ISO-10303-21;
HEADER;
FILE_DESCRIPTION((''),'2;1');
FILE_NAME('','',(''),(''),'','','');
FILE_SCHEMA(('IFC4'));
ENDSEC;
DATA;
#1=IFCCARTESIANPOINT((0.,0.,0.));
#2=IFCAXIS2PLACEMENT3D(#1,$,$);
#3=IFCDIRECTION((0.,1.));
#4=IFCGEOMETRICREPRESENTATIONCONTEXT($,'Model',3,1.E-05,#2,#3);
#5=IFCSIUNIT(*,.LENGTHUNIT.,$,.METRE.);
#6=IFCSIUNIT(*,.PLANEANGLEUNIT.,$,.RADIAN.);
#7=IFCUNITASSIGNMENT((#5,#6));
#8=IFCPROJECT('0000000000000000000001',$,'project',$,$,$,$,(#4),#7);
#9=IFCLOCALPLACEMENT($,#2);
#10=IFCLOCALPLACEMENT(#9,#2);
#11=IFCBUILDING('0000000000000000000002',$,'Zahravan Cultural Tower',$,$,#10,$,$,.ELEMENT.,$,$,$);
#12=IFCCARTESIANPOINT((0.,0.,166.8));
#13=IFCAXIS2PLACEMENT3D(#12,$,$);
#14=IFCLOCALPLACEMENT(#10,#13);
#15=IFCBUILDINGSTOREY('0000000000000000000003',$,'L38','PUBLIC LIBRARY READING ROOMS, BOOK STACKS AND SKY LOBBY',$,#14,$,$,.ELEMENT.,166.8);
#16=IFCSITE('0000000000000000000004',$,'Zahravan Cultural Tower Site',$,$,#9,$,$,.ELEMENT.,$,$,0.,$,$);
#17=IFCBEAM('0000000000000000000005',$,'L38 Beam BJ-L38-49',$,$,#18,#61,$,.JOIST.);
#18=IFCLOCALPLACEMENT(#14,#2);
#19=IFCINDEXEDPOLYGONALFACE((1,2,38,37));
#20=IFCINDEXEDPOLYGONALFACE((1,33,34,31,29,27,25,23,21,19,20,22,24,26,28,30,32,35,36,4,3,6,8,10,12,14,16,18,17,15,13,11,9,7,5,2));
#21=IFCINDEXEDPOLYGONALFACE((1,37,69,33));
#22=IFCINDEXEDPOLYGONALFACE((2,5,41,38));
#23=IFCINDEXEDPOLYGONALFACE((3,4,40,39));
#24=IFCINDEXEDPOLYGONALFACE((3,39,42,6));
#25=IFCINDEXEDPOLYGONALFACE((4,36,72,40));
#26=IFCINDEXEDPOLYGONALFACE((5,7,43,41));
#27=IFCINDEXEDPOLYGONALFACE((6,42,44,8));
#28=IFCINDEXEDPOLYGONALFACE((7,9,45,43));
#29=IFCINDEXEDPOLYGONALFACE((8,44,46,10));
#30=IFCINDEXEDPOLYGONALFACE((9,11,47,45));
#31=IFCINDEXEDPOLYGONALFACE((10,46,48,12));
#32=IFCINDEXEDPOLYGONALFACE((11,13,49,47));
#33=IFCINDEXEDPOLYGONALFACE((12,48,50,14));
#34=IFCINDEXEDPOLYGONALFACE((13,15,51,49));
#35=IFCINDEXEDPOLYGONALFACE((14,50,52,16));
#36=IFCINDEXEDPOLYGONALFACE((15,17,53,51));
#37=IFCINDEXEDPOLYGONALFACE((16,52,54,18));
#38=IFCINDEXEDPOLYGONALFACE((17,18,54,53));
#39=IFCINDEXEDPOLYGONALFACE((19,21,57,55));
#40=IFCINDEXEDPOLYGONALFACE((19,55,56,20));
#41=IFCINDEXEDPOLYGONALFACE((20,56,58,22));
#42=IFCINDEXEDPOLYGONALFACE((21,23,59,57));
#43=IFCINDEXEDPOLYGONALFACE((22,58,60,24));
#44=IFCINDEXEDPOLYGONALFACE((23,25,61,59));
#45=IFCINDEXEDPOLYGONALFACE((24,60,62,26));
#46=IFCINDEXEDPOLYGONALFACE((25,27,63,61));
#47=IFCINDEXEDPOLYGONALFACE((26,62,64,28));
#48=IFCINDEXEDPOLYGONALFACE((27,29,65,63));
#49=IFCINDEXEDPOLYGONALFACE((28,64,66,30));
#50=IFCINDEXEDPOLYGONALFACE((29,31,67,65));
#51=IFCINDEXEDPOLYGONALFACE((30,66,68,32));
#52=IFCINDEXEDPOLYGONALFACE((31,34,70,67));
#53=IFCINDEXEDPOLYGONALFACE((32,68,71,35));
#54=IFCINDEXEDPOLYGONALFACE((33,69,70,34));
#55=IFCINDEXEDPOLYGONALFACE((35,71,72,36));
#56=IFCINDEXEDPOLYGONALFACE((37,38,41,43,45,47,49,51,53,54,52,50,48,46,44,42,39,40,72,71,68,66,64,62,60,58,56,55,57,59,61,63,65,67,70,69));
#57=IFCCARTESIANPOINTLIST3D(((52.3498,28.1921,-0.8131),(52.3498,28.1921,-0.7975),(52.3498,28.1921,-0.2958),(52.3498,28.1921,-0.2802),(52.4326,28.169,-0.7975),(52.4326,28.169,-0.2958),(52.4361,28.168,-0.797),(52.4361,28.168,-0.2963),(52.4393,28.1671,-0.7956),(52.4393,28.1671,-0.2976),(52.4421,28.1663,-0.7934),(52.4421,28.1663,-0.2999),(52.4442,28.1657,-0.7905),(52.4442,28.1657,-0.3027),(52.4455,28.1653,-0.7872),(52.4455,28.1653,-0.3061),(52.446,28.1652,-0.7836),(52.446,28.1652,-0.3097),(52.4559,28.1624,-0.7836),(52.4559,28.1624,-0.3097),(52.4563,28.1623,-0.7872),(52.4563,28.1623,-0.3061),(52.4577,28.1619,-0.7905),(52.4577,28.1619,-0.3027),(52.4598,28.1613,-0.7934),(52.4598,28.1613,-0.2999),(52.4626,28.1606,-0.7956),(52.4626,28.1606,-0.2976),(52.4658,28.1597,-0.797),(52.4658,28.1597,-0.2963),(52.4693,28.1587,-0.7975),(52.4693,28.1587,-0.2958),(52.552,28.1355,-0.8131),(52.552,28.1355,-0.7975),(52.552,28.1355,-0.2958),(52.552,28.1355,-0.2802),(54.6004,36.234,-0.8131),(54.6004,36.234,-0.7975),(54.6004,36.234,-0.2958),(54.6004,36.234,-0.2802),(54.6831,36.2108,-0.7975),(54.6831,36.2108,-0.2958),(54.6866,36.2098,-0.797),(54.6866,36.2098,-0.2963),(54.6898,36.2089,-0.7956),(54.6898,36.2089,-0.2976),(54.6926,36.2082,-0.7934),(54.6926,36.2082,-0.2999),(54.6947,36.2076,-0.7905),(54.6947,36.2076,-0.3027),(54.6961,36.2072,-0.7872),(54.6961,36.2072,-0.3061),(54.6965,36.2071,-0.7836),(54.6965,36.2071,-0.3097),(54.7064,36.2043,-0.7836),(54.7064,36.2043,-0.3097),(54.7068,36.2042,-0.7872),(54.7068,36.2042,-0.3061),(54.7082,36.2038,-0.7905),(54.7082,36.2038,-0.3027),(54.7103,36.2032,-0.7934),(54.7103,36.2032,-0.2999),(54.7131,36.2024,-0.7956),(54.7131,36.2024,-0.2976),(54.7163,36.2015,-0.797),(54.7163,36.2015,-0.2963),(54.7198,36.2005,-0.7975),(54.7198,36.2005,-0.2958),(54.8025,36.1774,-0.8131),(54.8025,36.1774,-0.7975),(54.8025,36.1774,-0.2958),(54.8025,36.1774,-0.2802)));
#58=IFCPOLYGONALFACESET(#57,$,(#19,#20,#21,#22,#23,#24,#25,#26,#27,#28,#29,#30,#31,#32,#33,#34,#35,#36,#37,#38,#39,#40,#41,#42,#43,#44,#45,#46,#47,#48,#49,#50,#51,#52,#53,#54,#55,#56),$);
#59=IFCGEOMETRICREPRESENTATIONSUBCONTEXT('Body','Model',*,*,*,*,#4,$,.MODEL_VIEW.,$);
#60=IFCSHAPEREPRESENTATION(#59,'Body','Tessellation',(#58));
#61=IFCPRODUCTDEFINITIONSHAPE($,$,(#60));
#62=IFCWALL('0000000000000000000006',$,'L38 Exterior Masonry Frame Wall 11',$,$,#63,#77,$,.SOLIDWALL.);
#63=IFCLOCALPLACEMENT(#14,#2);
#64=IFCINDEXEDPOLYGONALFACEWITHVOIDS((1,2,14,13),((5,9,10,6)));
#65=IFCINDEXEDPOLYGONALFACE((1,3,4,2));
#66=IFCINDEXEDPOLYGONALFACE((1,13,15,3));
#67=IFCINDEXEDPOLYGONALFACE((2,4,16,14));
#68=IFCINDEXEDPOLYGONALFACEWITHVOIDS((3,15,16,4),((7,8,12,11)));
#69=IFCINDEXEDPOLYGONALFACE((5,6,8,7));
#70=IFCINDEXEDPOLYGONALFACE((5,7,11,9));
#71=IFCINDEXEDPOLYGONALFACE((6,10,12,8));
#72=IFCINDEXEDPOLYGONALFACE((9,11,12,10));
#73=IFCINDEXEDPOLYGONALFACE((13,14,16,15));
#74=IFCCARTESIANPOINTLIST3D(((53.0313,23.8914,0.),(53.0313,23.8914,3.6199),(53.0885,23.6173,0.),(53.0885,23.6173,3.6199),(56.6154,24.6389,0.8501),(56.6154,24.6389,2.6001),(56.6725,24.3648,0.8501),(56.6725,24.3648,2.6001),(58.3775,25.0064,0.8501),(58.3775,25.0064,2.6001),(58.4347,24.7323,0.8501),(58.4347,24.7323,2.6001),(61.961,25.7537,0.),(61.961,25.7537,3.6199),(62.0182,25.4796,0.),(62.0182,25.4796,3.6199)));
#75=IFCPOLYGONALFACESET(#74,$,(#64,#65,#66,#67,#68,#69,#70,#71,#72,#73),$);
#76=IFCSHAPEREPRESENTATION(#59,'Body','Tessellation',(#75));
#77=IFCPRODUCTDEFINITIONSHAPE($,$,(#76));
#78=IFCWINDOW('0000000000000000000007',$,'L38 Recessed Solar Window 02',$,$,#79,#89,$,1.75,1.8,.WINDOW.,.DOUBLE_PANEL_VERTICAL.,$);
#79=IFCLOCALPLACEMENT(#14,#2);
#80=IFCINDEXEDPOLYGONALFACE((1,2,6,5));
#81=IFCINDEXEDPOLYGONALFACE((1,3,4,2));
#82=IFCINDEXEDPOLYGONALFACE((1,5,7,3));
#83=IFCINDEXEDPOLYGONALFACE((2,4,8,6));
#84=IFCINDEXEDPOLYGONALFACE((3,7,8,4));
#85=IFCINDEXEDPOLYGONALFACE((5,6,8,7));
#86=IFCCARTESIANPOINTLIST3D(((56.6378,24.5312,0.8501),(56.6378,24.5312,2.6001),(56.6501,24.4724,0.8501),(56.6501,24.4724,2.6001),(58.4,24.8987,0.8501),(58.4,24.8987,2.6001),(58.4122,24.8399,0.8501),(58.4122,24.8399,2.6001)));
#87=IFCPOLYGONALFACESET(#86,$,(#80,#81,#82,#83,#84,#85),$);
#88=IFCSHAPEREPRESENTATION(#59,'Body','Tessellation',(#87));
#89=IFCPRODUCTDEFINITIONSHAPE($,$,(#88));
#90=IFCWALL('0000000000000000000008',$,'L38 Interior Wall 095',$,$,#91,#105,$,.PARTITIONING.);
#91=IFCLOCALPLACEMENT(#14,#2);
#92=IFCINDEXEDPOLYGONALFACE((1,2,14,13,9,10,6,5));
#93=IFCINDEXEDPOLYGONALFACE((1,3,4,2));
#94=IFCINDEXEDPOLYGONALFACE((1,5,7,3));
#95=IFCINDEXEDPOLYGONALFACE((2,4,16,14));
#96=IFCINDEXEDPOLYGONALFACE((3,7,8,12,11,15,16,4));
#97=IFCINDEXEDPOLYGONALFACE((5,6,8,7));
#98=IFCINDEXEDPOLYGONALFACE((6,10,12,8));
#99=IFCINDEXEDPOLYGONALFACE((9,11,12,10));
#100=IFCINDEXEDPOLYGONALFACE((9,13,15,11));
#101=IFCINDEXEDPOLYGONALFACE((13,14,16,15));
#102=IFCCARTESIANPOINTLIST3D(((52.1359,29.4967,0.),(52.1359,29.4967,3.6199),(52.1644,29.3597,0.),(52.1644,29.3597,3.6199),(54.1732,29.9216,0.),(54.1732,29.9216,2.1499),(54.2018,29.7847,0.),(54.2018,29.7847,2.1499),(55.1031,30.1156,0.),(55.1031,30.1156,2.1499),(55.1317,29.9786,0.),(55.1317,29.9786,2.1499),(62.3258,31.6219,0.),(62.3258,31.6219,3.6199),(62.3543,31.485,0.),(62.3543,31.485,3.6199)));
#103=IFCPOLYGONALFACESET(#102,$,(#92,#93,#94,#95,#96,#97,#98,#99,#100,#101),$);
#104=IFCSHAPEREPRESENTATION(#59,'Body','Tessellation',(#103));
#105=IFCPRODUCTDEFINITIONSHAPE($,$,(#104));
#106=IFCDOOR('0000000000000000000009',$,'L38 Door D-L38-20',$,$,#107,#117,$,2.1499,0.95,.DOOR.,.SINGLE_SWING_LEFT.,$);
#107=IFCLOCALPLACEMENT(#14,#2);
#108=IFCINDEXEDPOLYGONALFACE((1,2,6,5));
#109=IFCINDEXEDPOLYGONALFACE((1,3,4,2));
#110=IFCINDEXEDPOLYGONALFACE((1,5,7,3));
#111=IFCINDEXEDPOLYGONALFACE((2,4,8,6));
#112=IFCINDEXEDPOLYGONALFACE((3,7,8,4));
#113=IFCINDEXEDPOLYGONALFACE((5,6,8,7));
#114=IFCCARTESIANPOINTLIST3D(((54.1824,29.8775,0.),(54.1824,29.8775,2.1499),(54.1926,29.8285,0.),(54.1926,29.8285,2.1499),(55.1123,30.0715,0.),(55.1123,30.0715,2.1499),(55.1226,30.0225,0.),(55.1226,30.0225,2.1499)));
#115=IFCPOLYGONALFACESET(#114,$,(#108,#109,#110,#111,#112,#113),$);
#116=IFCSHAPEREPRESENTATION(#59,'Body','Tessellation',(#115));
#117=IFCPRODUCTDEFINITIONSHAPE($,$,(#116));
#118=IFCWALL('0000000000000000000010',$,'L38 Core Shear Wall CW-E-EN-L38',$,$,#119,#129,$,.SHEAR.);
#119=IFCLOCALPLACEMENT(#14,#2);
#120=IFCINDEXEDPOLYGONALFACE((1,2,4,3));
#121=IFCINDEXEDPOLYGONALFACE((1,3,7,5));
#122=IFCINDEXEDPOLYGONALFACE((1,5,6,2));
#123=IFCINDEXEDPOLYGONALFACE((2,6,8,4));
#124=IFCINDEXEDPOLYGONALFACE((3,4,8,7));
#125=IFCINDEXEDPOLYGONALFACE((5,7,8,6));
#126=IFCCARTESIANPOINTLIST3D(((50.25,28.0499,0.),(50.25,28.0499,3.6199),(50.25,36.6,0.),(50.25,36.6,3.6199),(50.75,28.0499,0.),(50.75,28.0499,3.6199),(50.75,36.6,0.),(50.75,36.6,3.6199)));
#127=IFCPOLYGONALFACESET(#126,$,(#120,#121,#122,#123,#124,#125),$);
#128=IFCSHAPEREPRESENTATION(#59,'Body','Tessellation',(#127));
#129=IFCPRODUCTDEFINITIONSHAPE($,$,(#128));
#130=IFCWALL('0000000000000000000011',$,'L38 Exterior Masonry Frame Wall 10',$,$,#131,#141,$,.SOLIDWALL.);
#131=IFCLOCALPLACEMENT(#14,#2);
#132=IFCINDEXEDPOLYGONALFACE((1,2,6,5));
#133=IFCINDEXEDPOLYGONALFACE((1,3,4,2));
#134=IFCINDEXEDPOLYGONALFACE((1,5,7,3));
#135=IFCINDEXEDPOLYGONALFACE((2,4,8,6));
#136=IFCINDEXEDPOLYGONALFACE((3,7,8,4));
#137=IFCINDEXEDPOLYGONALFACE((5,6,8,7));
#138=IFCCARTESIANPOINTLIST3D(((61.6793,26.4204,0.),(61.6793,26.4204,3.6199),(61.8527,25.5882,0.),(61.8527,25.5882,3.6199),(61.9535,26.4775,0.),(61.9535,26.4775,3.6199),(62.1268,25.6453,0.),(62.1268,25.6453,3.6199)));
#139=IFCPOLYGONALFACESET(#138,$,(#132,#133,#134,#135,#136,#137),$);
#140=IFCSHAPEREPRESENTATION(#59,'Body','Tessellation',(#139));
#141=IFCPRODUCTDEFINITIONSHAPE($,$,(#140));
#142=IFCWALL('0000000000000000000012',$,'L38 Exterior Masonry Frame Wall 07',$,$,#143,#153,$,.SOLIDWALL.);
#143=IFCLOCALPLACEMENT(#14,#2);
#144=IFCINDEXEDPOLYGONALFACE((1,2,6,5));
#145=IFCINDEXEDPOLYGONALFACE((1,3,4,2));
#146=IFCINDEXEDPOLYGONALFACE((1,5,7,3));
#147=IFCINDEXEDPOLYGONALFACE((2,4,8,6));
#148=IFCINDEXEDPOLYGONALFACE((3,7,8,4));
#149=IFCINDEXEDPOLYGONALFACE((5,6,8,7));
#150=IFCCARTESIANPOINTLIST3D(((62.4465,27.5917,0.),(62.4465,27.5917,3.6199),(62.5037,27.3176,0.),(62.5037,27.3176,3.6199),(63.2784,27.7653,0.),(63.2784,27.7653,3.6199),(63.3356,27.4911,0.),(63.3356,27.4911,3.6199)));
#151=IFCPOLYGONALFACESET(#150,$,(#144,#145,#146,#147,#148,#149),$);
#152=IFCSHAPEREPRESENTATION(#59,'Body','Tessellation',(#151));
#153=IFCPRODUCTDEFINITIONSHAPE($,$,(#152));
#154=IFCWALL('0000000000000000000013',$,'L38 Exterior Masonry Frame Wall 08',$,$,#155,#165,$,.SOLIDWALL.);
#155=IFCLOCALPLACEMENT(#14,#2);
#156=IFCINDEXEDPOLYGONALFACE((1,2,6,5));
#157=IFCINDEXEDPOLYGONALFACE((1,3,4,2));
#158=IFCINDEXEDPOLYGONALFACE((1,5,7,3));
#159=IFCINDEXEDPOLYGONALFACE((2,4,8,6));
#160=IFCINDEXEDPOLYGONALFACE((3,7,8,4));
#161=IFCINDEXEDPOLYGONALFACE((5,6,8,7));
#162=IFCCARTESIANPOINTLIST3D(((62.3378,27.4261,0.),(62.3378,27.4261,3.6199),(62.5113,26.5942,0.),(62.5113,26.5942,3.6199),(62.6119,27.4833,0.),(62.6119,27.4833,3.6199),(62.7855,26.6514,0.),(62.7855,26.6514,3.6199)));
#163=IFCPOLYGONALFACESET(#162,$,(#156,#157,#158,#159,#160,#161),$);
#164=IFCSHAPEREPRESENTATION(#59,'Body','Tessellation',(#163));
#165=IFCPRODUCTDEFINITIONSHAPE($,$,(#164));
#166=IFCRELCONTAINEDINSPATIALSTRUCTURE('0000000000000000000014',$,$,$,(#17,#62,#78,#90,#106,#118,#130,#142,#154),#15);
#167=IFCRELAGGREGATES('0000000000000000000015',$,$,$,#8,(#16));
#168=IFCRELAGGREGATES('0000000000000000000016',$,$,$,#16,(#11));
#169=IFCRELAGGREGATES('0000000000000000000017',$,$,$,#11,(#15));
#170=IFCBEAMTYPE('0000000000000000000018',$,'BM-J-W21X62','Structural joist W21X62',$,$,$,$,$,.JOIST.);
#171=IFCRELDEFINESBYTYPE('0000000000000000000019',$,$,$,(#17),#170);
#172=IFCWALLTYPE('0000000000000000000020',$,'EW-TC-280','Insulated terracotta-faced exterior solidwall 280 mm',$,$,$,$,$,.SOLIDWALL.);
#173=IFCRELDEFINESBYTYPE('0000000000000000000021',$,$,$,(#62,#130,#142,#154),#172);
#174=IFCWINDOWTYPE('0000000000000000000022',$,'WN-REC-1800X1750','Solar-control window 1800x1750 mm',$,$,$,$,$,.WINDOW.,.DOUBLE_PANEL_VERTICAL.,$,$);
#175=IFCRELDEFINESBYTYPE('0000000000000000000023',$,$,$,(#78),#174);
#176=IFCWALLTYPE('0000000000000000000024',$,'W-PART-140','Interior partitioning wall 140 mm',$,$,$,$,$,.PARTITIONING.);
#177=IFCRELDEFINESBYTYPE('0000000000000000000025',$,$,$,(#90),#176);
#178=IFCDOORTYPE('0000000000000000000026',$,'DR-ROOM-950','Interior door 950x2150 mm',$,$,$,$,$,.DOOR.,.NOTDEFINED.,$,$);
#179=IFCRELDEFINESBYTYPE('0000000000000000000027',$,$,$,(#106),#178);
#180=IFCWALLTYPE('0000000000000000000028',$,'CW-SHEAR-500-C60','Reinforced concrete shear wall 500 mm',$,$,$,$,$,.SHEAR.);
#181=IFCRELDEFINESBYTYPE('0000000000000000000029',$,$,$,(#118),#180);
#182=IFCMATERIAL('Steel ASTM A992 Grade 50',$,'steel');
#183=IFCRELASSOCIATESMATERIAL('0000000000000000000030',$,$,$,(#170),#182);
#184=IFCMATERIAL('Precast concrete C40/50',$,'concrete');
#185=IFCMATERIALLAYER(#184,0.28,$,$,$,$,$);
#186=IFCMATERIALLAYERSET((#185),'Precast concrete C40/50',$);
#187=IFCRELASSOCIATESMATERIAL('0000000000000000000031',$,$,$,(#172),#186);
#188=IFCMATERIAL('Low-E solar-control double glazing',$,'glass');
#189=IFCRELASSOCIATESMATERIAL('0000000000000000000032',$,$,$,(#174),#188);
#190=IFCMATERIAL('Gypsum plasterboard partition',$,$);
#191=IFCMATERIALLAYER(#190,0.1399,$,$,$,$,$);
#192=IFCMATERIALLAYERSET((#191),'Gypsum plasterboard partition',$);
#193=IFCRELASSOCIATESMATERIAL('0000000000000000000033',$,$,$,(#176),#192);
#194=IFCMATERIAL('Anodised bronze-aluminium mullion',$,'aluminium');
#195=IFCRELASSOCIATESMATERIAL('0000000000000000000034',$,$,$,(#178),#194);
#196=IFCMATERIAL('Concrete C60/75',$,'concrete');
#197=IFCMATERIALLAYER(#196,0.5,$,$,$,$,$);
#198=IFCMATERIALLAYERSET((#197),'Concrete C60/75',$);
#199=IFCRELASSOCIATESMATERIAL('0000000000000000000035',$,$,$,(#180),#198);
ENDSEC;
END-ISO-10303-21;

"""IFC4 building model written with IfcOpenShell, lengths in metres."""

from ifc_helpers import new_model, si_unit, direction, frame, frame_2d, origin, origin_2d, place, context, subcontext, project, spatial, rectangle, i_section, extrude, source, transform, mapped, material, layer, layer_set, material_profile, profile_set, type_object, element, fill, save


model = new_model("IFC4")

# Units and contexts
model_context = context("Model", 3, precision=1e-05, world=origin(), true_north=direction((0.0, 1.0)))
body_context = subcontext(model_context, "Body", "Model", "MODEL_VIEW")
ifc_project = project(units=[si_unit("LENGTHUNIT", "METRE"), si_unit("PLANEANGLEUNIT", "RADIAN")], contexts=[model_context])

# Site, building, storey
site_placement = place(None, origin())
site = spatial("IfcSite", under=ifc_project, at=site_placement, Name="Zahravan Cultural Tower Site", CompositionType="ELEMENT", RefElevation=0.0)
building_placement = place(site_placement, origin())
building = spatial("IfcBuilding", under=site, at=building_placement, Name="Zahravan Cultural Tower", CompositionType="ELEMENT")
storey_placement = place(building_placement, frame((0.0, 0.0, 166.8)))
storey = spatial("IfcBuildingStorey", under=building, at=storey_placement, Name="L38", Description="PUBLIC LIBRARY READING ROOMS, BOOK STACKS AND SKY LOBBY", CompositionType="ELEMENT", Elevation=166.8)

# Shared definitions
ifc_material_1 = material(Name="Steel ASTM A992 Grade 50", Category="steel")

# Beam
ifc_material_profile_1 = material_profile(ifc_material_1, i_section(OverallWidth=0.21, OverallDepth=0.533, WebThickness=0.0103, FlangeThickness=0.0156, FilletRadius=0.0139, at=origin_2d()), Name="W21X62")
ifc_profile_set_1 = profile_set([ifc_material_profile_1], Name="Steel ASTM A992 Grade 50")
beam_type_1 = type_object("IfcBeamType", Name="BM-J-W21X62", Description="Structural joist W21X62", PredefinedType="JOIST", material=ifc_profile_set_1)
shared_shape_1 = source(origin(), body_context, "Body", "SweptSolid", [
    extrude(i_section(OverallWidth=0.21, OverallDepth=0.533, WebThickness=0.0103, FlangeThickness=0.0156, FilletRadius=0.0139, at=origin_2d()), origin(), (0.0, 0.0, 1.0), 8.3508),
])
beam_1_placement = place(storey_placement, frame((52.4509, 28.1638, -0.5466), z_axis=(0.269497, 0.963001, 0.0), x_axis=(-0.963001, 0.269497, 0.0)))
element("IfcBeam", 1, at=beam_1_placement, inside=storey, type_object=beam_type_1, Name="L38 Beam BJ-L38-49", PredefinedType="JOIST", context=body_context, shape_type="MappedRepresentation", body=[
    mapped(shared_shape_1, transform((0.0, 0.0, 0.0), x_axis=(1.0, 0.0, 0.0), y_axis=(0.0, 1.0, 0.0), z_axis=(0.0, 0.0, 1.0), scale=1.0)),
])

# Wall, opening, window
ifc_material_2 = material(Name="Precast concrete C40/50", Category="concrete")
ifc_layer_1 = layer(ifc_material_2, 0.28)
ifc_layer_set_1 = layer_set([ifc_layer_1], Name="Precast concrete C40/50")
wall_type_1 = type_object("IfcWallType", Name="EW-TC-280", Description="Insulated terracotta-faced exterior solidwall 280 mm", PredefinedType="SOLIDWALL", material=ifc_layer_set_1)
wall_1_placement = place(storey_placement, frame((61.9897, 25.6167, 0.0), z_axis=(0.0, 0.0, 1.0), x_axis=(-0.978938, -0.204159, 0.0)))
wall_1 = element("IfcWall", 2, at=wall_1_placement, inside=storey, type_object=wall_type_1, Name="L38 Exterior Masonry Frame Wall 11", PredefinedType="SOLIDWALL", context=body_context, shape_type="SweptSolid", body=[
    extrude(rectangle(XDim=9.1218, YDim=0.28, at=frame_2d((4.561, 0.0))), origin(), (0.0, 0.0, 1.0), 3.6199),
])
opening_1_placement = place(wall_1_placement, frame((3.6609, 0.0, 0.8501)))
opening_1 = element("IfcOpeningElement", 3, at=opening_1_placement, cuts=wall_1, PredefinedType="OPENING", context=body_context, shape_type="SweptSolid", body=[
    extrude(rectangle(XDim=1.8, YDim=1.75, at=frame_2d((0.8999, 0.875))), frame((0.0, 0.1499, 0.0), z_axis=(0.0, -1.0, 0.0), x_axis=(1.0, 0.0, 0.0)), (0.0, 0.0, 1.0), 0.3),
])
ifc_material_3 = material(Name="Low-E solar-control double glazing", Category="glass")
window_type = type_object("IfcWindowType", Name="WN-REC-1800X1750", Description="Solar-control window 1800x1750 mm", PartitioningType="DOUBLE_PANEL_VERTICAL", PredefinedType="WINDOW", material=ifc_material_3)
shared_shape_2 = source(origin(), body_context, "Body", "SweptSolid", [
    extrude(rectangle(XDim=1.8, YDim=1.75, at=frame_2d((0.8999, 0.875))), frame((0.0, 0.03, 0.0), z_axis=(0.0, -1.0, 0.0), x_axis=(1.0, 0.0, 0.0)), (0.0, 0.0, 1.0), 0.0601),
])
window_placement = place(opening_1_placement, origin())
window = element("IfcWindow", 4, at=window_placement, inside=storey, type_object=window_type, Name="L38 Recessed Solar Window 02", OverallHeight=1.75, OverallWidth=1.8, PartitioningType="DOUBLE_PANEL_VERTICAL", PredefinedType="WINDOW", context=body_context, shape_type="MappedRepresentation", body=[
    mapped(shared_shape_2, transform((0.0, 0.0, 0.0), x_axis=(1.0, 0.0, 0.0), y_axis=(0.0, 1.0, 0.0), z_axis=(0.0, 0.0, 1.0), scale=1.0)),
])
fill(opening_1, window)

# Wall, opening, door
ifc_material_4 = material(Name="Gypsum plasterboard partition")
ifc_layer_2 = layer(ifc_material_4, 0.1399)
ifc_layer_set_2 = layer_set([ifc_layer_2], Name="Gypsum plasterboard partition")
wall_type_2 = type_object("IfcWallType", Name="W-PART-140", Description="Interior partitioning wall 140 mm", PredefinedType="PARTITIONING", material=ifc_layer_set_2)
wall_2_placement = place(storey_placement, frame((52.1501, 29.4282, 0.0), z_axis=(0.0, 0.0, 1.0), x_axis=(0.978936, 0.20417, 0.0)))
wall_2 = element("IfcWall", 5, at=wall_2_placement, inside=storey, type_object=wall_type_2, Name="L38 Interior Wall 095", PredefinedType="PARTITIONING", context=body_context, shape_type="SweptSolid", body=[
    extrude(rectangle(XDim=10.4092, YDim=0.1399, at=frame_2d((5.2046, 0.0))), origin(), (0.0, 0.0, 1.0), 3.6199),
])
opening_2_placement = place(wall_2_placement, frame((2.0811, 0.0, 0.0)))
opening_2 = element("IfcOpeningElement", 6, at=opening_2_placement, cuts=wall_2, PredefinedType="OPENING", context=body_context, shape_type="SweptSolid", body=[
    extrude(rectangle(XDim=0.95, YDim=2.1499, at=frame_2d((0.4751, 1.075))), frame((0.0, 0.0798, 0.0), z_axis=(0.0, -1.0, 0.0), x_axis=(1.0, 0.0, 0.0)), (0.0, 0.0, 1.0), 0.1599),
])
ifc_material_5 = material(Name="Anodised bronze-aluminium mullion", Category="aluminium")
door_type = type_object("IfcDoorType", Name="DR-ROOM-950", Description="Interior door 950x2150 mm", OperationType="NOTDEFINED", PredefinedType="DOOR", material=ifc_material_5)
shared_shape_3 = source(origin(), body_context, "Body", "SweptSolid", [
    extrude(rectangle(XDim=0.95, YDim=2.1499, at=frame_2d((0.4751, 1.075))), frame((0.0, 0.0249, 0.0), z_axis=(0.0, -1.0, 0.0), x_axis=(1.0, 0.0, 0.0)), (0.0, 0.0, 1.0), 0.05),
])
door_placement = place(opening_2_placement, origin())
door = element("IfcDoor", 7, at=door_placement, inside=storey, type_object=door_type, Name="L38 Door D-L38-20", OperationType="SINGLE_SWING_LEFT", OverallHeight=2.1499, OverallWidth=0.95, PredefinedType="DOOR", context=body_context, shape_type="MappedRepresentation", body=[
    mapped(shared_shape_3, transform((0.0, 0.0, 0.0), x_axis=(1.0, 0.0, 0.0), y_axis=(0.0, 1.0, 0.0), z_axis=(0.0, 0.0, 1.0), scale=1.0)),
])
fill(opening_2, door)

# Walls
ifc_material_6 = material(Name="Concrete C60/75", Category="concrete")
ifc_layer_3 = layer(ifc_material_6, 0.5)
ifc_layer_set_3 = layer_set([ifc_layer_3], Name="Concrete C60/75")
wall_type_3 = type_object("IfcWallType", Name="CW-SHEAR-500-C60", Description="Reinforced concrete shear wall 500 mm", PredefinedType="SHEAR", material=ifc_layer_set_3)
shared_shape_4 = source(origin(), body_context, "Body", "SweptSolid", [
    extrude(rectangle(XDim=8.55, YDim=0.5, at=frame_2d((4.2749, 0.0))), origin(), (0.0, 0.0, 1.0), 3.6199),
])
wall_3_placement = place(storey_placement, frame((50.5, 28.05, 0.0), z_axis=(0.0, 0.0, 1.0), x_axis=(0.0, 1.0, 0.0)))
element("IfcWall", 8, at=wall_3_placement, inside=storey, type_object=wall_type_3, Name="L38 Core Shear Wall CW-E-EN-L38", PredefinedType="SHEAR", context=body_context, shape_type="MappedRepresentation", body=[
    mapped(shared_shape_4, transform((0.0, 0.0, 0.0), x_axis=(1.0, 0.0, 0.0), y_axis=(0.0, 1.0, 0.0), z_axis=(0.0, 0.0, 1.0), scale=1.0)),
])
shared_shape_5 = source(origin(), body_context, "Body", "SweptSolid", [
    extrude(rectangle(XDim=0.8501, YDim=0.28, at=frame_2d((0.425, 0.0))), origin(), (0.0, 0.0, 1.0), 3.6199),
])
wall_4_placement = place(storey_placement, frame((61.8164, 26.449, 0.0), z_axis=(0.0, 0.0, 1.0), x_axis=(0.203897, -0.978992, 0.0)))
element("IfcWall", 9, at=wall_4_placement, inside=storey, type_object=wall_type_1, Name="L38 Exterior Masonry Frame Wall 10", PredefinedType="SOLIDWALL", context=body_context, shape_type="MappedRepresentation", body=[
    mapped(shared_shape_5, transform((0.0, 0.0, 0.0), x_axis=(1.0, 0.0, 0.0), y_axis=(0.0, 1.0, 0.0), z_axis=(0.0, 0.0, 1.0), scale=1.0)),
])
shared_shape_6 = source(origin(), body_context, "Body", "SweptSolid", [
    extrude(rectangle(XDim=0.8499, YDim=0.28, at=frame_2d((0.4248, 0.0))), origin(), (0.0, 0.0, 1.0), 3.6199),
])
for number, where, z_axis, x_axis, name in (
    (10, (63.3069, 27.6282, 0.0), (0.0, 0.0, 1.0), (-0.978923, -0.20423, 0.0), "L38 Exterior Masonry Frame Wall 07"),
    (11, (62.4749, 27.4546, 0.0), (0.0, 0.0, 1.0), (0.20423, -0.978923, 0.0), "L38 Exterior Masonry Frame Wall 08"),
):
    element("IfcWall", number, at=place(storey_placement, frame(where, z_axis=z_axis, x_axis=x_axis)), inside=storey, type_object=wall_type_1, Name=name, PredefinedType="SOLIDWALL", context=body_context, shape_type="MappedRepresentation", body=[
        mapped(shared_shape_6, transform((0.0, 0.0, 0.0), x_axis=(1.0, 0.0, 0.0), y_axis=(0.0, 1.0, 0.0), z_axis=(0.0, 0.0, 1.0), scale=1.0)),
    ])

save(model, "model.ifc")
